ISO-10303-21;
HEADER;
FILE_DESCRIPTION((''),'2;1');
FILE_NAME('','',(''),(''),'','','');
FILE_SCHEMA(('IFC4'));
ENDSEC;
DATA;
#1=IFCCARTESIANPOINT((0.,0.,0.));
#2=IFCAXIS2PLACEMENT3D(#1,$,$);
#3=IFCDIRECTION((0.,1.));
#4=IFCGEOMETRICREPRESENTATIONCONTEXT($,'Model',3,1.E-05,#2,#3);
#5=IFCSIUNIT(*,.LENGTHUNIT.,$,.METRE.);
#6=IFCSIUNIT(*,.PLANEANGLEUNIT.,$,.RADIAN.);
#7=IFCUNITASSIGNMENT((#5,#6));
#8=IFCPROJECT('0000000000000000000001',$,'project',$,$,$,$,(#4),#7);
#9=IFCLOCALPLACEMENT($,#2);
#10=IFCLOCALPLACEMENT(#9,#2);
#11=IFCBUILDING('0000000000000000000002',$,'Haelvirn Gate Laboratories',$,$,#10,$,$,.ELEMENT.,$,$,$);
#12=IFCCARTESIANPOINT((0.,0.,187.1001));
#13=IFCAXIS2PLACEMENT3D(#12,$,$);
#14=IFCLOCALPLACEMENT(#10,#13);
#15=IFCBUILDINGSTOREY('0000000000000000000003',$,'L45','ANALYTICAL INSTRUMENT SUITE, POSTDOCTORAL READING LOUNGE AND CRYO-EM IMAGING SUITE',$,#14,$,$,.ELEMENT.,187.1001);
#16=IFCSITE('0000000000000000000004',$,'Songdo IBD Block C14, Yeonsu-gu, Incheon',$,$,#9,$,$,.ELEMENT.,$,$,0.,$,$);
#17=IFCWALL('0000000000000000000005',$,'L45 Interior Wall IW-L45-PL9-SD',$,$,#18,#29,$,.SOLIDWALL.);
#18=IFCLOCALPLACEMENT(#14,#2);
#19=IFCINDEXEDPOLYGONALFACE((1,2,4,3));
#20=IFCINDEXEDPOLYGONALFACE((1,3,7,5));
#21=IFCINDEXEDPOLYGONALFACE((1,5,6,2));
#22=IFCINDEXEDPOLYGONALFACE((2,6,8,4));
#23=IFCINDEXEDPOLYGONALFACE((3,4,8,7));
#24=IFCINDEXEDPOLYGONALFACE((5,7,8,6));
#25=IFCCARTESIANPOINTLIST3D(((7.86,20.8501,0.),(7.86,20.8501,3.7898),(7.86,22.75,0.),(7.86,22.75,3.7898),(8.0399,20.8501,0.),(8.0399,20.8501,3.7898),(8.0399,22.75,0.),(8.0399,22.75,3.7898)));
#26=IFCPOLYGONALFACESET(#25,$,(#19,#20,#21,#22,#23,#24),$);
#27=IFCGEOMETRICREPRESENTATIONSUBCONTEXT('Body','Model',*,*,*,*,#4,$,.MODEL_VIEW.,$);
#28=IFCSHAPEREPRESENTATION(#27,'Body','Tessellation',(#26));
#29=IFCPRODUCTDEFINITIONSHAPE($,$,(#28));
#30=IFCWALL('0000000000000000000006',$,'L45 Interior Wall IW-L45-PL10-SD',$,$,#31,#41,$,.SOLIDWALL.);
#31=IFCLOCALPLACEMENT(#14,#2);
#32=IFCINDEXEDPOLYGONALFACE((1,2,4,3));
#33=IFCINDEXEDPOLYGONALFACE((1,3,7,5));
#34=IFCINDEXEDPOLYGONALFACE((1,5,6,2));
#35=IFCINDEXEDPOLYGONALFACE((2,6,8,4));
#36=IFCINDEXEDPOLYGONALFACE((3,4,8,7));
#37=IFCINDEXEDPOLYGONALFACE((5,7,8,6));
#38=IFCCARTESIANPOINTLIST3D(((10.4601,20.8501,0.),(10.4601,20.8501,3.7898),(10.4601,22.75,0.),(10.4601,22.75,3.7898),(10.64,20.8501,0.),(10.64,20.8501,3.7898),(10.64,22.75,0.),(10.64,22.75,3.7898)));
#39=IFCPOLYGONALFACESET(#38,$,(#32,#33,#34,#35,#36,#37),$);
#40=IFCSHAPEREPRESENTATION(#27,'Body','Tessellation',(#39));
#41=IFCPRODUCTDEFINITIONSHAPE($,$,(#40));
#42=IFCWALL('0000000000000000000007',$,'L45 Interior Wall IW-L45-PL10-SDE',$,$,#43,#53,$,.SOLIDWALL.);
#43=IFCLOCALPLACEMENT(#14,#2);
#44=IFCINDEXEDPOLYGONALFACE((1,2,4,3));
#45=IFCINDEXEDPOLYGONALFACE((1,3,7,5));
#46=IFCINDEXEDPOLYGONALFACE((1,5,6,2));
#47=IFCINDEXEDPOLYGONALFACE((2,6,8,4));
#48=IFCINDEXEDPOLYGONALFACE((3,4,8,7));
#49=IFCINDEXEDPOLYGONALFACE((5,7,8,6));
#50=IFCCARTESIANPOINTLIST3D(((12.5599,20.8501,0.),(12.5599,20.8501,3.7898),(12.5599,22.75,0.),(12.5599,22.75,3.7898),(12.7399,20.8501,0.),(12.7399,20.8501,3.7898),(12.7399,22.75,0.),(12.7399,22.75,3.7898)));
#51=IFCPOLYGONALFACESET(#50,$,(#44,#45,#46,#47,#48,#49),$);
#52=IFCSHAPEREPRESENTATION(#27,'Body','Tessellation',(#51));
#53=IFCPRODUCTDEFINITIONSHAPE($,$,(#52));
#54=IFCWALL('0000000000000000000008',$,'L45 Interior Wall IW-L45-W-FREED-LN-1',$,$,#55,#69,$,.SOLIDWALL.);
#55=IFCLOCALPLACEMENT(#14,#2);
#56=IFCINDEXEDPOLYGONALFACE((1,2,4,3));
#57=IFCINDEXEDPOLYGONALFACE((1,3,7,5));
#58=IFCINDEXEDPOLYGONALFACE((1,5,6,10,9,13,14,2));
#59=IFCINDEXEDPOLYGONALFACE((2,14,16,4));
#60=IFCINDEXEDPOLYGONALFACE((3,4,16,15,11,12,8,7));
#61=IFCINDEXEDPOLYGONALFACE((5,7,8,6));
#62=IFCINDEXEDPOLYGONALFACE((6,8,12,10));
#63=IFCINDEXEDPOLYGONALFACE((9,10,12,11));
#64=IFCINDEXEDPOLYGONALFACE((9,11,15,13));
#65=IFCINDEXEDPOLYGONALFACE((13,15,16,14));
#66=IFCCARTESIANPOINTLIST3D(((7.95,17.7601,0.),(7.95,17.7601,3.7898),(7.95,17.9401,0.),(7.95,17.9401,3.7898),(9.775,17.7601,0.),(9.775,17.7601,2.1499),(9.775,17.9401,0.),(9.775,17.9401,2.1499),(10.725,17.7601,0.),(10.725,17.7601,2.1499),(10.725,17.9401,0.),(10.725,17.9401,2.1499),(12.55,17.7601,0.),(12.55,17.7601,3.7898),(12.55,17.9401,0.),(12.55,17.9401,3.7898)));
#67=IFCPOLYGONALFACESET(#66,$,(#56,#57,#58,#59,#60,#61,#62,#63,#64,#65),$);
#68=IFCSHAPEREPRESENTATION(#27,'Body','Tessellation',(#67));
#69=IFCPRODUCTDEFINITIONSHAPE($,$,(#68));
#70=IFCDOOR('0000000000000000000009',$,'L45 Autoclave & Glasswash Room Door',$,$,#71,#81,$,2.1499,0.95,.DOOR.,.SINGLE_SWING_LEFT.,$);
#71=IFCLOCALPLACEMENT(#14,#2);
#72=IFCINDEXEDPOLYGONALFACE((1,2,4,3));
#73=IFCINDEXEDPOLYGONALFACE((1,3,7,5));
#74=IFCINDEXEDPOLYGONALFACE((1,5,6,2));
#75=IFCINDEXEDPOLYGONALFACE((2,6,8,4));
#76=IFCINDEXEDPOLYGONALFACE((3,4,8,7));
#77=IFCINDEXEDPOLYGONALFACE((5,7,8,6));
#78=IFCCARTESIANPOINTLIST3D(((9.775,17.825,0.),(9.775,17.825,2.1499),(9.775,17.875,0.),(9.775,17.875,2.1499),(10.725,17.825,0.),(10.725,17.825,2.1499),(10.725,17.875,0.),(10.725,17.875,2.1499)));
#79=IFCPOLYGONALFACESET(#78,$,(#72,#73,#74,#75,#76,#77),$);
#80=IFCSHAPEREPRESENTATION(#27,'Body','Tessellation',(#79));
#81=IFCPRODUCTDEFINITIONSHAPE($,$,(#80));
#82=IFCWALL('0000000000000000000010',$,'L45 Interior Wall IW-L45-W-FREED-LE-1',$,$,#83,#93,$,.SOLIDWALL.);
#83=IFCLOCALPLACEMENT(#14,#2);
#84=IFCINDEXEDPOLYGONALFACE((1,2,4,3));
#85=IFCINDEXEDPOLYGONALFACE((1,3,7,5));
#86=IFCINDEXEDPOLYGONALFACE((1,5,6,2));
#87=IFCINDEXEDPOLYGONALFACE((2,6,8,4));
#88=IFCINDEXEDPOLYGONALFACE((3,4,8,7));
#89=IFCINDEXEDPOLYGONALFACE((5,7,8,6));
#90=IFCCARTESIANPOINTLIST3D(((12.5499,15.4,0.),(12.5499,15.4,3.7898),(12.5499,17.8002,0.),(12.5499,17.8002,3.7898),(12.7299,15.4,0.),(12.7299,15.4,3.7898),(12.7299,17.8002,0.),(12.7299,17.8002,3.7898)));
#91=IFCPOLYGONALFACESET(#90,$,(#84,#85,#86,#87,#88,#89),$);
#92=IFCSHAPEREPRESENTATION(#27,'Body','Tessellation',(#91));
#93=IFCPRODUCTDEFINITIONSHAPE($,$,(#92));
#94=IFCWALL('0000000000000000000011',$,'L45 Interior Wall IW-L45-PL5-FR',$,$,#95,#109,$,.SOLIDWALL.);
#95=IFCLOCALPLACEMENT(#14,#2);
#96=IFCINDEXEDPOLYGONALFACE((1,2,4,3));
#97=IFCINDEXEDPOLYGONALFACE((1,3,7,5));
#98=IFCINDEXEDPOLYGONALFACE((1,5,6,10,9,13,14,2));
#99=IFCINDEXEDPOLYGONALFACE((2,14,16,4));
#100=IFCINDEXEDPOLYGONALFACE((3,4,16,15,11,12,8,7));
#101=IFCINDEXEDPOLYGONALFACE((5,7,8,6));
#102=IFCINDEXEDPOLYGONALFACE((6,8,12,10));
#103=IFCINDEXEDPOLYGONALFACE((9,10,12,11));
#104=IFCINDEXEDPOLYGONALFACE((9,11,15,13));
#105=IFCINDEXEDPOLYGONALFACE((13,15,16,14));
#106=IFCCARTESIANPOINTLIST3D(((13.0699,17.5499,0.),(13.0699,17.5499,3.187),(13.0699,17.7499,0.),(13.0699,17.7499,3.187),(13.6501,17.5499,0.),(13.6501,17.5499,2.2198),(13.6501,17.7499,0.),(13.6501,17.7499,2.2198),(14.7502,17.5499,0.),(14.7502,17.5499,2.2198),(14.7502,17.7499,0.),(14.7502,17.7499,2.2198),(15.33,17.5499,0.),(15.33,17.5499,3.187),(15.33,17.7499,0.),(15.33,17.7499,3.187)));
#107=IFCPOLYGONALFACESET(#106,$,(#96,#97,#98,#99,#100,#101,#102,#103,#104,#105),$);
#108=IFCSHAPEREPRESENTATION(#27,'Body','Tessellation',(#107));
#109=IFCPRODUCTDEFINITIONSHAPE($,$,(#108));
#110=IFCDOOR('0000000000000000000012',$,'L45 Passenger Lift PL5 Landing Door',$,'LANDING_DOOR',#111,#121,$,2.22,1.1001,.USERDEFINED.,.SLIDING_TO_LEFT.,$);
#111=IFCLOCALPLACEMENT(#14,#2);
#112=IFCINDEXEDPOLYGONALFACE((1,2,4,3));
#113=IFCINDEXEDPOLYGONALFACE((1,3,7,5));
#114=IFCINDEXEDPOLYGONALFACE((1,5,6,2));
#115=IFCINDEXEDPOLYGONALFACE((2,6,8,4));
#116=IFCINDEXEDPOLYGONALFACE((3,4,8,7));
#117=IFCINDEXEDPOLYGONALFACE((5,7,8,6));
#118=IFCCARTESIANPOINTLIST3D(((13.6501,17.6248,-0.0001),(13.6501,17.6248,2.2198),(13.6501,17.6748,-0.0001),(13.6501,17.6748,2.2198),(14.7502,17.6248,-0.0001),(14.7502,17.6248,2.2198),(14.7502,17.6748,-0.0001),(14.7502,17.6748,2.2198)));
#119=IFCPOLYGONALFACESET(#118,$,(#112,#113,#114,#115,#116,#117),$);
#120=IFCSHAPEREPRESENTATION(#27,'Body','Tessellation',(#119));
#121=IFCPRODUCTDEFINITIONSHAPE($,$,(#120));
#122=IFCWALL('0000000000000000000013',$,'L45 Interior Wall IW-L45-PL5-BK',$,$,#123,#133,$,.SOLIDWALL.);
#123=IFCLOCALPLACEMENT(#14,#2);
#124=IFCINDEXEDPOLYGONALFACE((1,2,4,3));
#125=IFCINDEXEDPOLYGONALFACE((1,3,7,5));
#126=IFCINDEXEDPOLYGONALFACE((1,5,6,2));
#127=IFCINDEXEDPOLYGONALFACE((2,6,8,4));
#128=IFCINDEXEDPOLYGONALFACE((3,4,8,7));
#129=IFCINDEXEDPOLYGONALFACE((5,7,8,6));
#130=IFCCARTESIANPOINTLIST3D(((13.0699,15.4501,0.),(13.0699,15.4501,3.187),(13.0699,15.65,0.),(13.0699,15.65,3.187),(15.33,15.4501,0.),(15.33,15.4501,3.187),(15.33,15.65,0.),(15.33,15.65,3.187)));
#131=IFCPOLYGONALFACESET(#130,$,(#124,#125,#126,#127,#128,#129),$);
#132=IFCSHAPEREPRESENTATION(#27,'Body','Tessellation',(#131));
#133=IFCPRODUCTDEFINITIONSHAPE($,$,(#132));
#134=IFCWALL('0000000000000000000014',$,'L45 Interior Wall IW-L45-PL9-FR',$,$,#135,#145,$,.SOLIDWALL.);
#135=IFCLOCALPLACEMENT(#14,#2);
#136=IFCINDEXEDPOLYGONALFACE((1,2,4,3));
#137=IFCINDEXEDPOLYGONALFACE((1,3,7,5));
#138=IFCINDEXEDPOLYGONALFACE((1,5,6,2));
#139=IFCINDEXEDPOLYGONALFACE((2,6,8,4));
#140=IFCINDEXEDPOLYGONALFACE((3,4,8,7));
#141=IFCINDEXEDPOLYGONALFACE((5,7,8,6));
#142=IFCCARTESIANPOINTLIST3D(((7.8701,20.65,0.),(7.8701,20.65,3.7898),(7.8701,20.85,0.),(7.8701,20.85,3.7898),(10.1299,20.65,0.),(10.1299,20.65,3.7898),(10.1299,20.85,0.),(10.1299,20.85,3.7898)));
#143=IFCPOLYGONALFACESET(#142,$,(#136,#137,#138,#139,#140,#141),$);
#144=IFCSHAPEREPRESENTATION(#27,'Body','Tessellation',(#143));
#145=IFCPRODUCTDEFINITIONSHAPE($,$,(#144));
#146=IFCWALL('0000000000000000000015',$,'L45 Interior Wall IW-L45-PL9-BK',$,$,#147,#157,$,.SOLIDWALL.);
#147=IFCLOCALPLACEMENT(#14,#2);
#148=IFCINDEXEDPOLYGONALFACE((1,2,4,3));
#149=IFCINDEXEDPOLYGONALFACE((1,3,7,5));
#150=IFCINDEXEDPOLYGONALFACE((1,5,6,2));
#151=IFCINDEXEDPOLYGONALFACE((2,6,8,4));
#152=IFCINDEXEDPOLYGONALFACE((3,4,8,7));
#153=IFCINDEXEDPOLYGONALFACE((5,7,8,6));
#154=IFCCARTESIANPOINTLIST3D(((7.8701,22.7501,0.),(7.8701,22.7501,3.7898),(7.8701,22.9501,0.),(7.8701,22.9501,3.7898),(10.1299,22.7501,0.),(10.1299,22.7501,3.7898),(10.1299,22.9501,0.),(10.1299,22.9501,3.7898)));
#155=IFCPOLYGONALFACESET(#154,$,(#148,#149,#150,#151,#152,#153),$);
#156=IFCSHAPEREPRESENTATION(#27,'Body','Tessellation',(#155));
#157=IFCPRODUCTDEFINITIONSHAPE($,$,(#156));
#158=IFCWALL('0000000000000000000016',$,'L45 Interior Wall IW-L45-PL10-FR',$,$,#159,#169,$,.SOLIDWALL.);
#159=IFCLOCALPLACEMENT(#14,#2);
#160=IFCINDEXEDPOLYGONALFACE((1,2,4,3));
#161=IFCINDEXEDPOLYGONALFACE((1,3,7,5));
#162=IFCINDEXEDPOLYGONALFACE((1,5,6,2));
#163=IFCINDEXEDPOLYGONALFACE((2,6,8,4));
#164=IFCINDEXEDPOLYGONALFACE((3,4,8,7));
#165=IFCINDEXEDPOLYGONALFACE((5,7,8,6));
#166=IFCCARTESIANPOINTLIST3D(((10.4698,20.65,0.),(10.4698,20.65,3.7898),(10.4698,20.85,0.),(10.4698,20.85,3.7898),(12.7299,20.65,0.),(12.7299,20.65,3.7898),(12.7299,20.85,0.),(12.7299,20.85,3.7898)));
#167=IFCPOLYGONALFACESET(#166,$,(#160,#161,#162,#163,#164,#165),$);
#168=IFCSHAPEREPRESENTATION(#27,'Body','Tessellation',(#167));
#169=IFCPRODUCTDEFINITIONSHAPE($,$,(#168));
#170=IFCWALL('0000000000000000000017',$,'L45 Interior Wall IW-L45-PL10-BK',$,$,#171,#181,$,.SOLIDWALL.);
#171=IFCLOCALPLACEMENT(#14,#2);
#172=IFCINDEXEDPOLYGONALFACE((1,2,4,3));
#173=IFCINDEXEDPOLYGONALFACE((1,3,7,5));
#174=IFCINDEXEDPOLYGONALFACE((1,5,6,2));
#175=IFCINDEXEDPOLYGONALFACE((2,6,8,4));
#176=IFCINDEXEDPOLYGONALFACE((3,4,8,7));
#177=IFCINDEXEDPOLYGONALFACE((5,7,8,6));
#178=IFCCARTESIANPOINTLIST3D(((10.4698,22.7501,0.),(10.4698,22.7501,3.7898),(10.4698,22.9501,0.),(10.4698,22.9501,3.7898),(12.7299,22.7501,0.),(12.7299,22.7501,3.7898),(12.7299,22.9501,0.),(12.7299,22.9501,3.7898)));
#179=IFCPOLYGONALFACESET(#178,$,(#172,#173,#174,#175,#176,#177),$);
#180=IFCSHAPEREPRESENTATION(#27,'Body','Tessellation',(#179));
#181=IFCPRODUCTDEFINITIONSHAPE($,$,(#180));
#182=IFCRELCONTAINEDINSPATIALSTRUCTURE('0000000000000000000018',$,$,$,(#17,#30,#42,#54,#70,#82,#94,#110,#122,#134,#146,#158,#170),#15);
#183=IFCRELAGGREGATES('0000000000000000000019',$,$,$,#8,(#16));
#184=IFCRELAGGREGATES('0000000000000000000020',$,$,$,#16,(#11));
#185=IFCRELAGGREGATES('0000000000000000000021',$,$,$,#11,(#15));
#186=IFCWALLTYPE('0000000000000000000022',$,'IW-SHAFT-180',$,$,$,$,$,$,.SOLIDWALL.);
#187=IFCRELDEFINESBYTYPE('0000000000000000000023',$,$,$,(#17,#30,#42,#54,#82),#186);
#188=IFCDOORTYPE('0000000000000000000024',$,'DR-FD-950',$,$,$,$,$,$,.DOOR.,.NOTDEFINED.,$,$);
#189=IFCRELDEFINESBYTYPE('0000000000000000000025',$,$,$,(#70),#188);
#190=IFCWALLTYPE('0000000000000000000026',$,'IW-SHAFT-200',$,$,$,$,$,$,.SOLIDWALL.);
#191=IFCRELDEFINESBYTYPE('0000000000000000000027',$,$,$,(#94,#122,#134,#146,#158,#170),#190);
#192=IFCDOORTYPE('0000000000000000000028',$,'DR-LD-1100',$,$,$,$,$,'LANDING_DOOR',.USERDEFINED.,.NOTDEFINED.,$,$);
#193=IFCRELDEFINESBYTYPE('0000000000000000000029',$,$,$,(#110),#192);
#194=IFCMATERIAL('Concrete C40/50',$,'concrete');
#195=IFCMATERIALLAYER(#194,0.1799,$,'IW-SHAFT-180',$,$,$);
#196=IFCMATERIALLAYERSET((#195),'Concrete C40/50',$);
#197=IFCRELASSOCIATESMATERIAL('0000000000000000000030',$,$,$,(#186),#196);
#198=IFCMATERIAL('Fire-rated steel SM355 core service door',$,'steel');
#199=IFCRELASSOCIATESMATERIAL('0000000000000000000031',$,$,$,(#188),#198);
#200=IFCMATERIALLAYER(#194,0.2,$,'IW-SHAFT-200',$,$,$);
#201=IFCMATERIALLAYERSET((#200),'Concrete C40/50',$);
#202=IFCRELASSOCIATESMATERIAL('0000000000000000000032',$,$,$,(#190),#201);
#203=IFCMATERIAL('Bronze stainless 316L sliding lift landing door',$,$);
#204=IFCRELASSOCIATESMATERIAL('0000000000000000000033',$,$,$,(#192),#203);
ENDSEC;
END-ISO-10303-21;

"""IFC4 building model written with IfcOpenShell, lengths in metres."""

from ifc_helpers import new_model, si_unit, direction, frame, frame_2d, origin, place, context, subcontext, project, spatial, rectangle, extrude, source, transform, mapped, material, layer, layer_set, type_object, type_shapes, element, fill, save


model = new_model("IFC4")

# Units and contexts
model_context = context("Model", 3, precision=1e-05, world=origin(), true_north=direction((0.0, 1.0)))
body_context = subcontext(model_context, "Body", "Model", "MODEL_VIEW")
ifc_project = project(units=[si_unit("LENGTHUNIT", "METRE"), si_unit("PLANEANGLEUNIT", "RADIAN")], contexts=[model_context])

# Site, building, storey
site_placement = place(None, origin())
site = spatial("IfcSite", under=ifc_project, at=site_placement, Name="Songdo IBD Block C14, Yeonsu-gu, Incheon", CompositionType="ELEMENT", RefElevation=0.0)
building_placement = place(site_placement, origin())
building = spatial("IfcBuilding", under=site, at=building_placement, Name="Haelvirn Gate Laboratories", CompositionType="ELEMENT")
storey_placement = place(building_placement, frame((0.0, 0.0, 187.1001)))
storey = spatial("IfcBuildingStorey", under=building, at=storey_placement, Name="L45", Description="ANALYTICAL INSTRUMENT SUITE, POSTDOCTORAL READING LOUNGE AND CRYO-EM IMAGING SUITE", CompositionType="ELEMENT", Elevation=187.1001)

# Walls
ifc_material_1 = material(Name="Concrete C40/50", Category="concrete")
ifc_layer_1 = layer(ifc_material_1, 0.1799, Name="IW-SHAFT-180")
ifc_layer_set_1 = layer_set([ifc_layer_1], Name="Concrete C40/50")
wall_type_1 = type_object("IfcWallType", Name="IW-SHAFT-180", PredefinedType="SOLIDWALL", material=ifc_layer_set_1)
for number, where, z_axis, x_axis, name in (
    (1, (7.95, 20.8501, 0.0), (0.0, 0.0, 1.0), (0.0, 1.0, 0.0), "L45 Interior Wall IW-L45-PL9-SD"),
    (2, (10.55, 20.8501, 0.0), (0.0, 0.0, 1.0), (0.0, 1.0, 0.0), "L45 Interior Wall IW-L45-PL10-SD"),
    (3, (12.6499, 20.8501, 0.0), (0.0, 0.0, 1.0), (0.0, 1.0, 0.0), "L45 Interior Wall IW-L45-PL10-SDE"),
):
    element("IfcWall", number, at=place(storey_placement, frame(where, z_axis=z_axis, x_axis=x_axis)), inside=storey, type_object=wall_type_1, Name=name, PredefinedType="SOLIDWALL", context=body_context, shape_type="SweptSolid", body=[
        extrude(rectangle(XDim=1.8999, YDim=0.1799, at=frame_2d((0.95, 0.0))), origin(), (0.0, 0.0, 1.0), 3.7898),
    ])

# Wall, opening, door
wall_1_placement = place(storey_placement, frame((7.95, 17.8501, 0.0), z_axis=(0.0, 0.0, 1.0), x_axis=(1.0, 0.0, 0.0)))
wall_1 = element("IfcWall", 4, at=wall_1_placement, inside=storey, type_object=wall_type_1, Name="L45 Interior Wall IW-L45-W-FREED-LN-1", PredefinedType="SOLIDWALL", context=body_context, shape_type="SweptSolid", body=[
    extrude(rectangle(XDim=4.6001, YDim=0.1799, at=frame_2d((2.3, 0.0))), origin(), (0.0, 0.0, 1.0), 3.7898),
])
opening_1_placement = place(wall_1_placement, frame((1.825, 0.0, 0.0)))
opening_1 = element("IfcOpeningElement", 5, at=opening_1_placement, cuts=wall_1, PredefinedType="OPENING", context=body_context, shape_type="SweptSolid", body=[
    extrude(rectangle(XDim=0.95, YDim=2.1499, at=frame_2d((0.4751, 1.075))), frame((0.0, 0.1001, 0.0), z_axis=(0.0, -1.0, 0.0), x_axis=(1.0, 0.0, 0.0)), (0.0, 0.0, 1.0), 0.2),
])
ifc_material_2 = material(Name="Fire-rated steel SM355 core service door", Category="steel")
door_type_1 = type_object("IfcDoorType", Name="DR-FD-950", OperationType="NOTDEFINED", PredefinedType="DOOR", material=ifc_material_2)
shared_shape_1 = source(origin(), body_context, "Body", "SweptSolid", [
    extrude(rectangle(XDim=0.95, YDim=2.1499, at=frame_2d((0.4751, 1.075))), frame((0.0, 0.0249, 0.0), z_axis=(0.0, -1.0, 0.0), x_axis=(1.0, 0.0, 0.0)), (0.0, 0.0, 1.0), 0.05),
])
type_shapes(door_type_1, [shared_shape_1])
door_1_placement = place(opening_1_placement, origin())
door_1 = element("IfcDoor", 6, at=door_1_placement, inside=storey, type_object=door_type_1, Name="L45 Autoclave & Glasswash Room Door", OperationType="SINGLE_SWING_LEFT", OverallHeight=2.1499, OverallWidth=0.95, PredefinedType="DOOR", context=body_context, shape_type="MappedRepresentation", body=[
    mapped(shared_shape_1, transform((0.0, 0.0, 0.0), scale=1.0)),
])
fill(opening_1, door_1)

# Wall
wall_2_placement = place(storey_placement, frame((12.6399, 15.3999, 0.0), z_axis=(0.0, 0.0, 1.0), x_axis=(0.0, 1.0, 0.0)))
element("IfcWall", 7, at=wall_2_placement, inside=storey, type_object=wall_type_1, Name="L45 Interior Wall IW-L45-W-FREED-LE-1", PredefinedType="SOLIDWALL", context=body_context, shape_type="SweptSolid", body=[
    extrude(rectangle(XDim=2.4001, YDim=0.1799, at=frame_2d((1.2002, 0.0))), origin(), (0.0, 0.0, 1.0), 3.7898),
])

# Wall, opening, door
ifc_layer_2 = layer(ifc_material_1, 0.2, Name="IW-SHAFT-200")
ifc_layer_set_2 = layer_set([ifc_layer_2], Name="Concrete C40/50")
wall_type_2 = type_object("IfcWallType", Name="IW-SHAFT-200", PredefinedType="SOLIDWALL", material=ifc_layer_set_2)
wall_3_placement = place(storey_placement, frame((13.0701, 17.6499, 0.0), z_axis=(0.0, 0.0, 1.0), x_axis=(1.0, 0.0, 0.0)))
wall_3 = element("IfcWall", 8, at=wall_3_placement, inside=storey, type_object=wall_type_2, Name="L45 Interior Wall IW-L45-PL5-FR", PredefinedType="SOLIDWALL", context=body_context, shape_type="SweptSolid", body=[
    extrude(rectangle(XDim=2.26, YDim=0.2, at=frame_2d((1.1299, 0.0))), origin(), (0.0, 0.0, 1.0), 3.187),
])
opening_2_placement = place(wall_3_placement, frame((0.5801, 0.0, 0.0)))
opening_2 = element("IfcOpeningElement", 9, at=opening_2_placement, cuts=wall_3, PredefinedType="OPENING", context=body_context, shape_type="SweptSolid", body=[
    extrude(rectangle(XDim=1.1001, YDim=2.22, at=frame_2d((0.55, 1.1099))), frame((0.0, 0.1099, 0.0), z_axis=(0.0, -1.0, 0.0), x_axis=(1.0, 0.0, 0.0)), (0.0, 0.0, 1.0), 0.22),
])
ifc_material_3 = material(Name="Bronze stainless 316L sliding lift landing door")
door_type_2 = type_object("IfcDoorType", Name="DR-LD-1100", ElementType="LANDING_DOOR", OperationType="NOTDEFINED", PredefinedType="USERDEFINED", material=ifc_material_3)
shared_shape_2 = source(origin(), body_context, "Body", "SweptSolid", [
    extrude(rectangle(XDim=1.1001, YDim=2.22, at=frame_2d((0.55, 1.1099))), frame((0.0, 0.0249, 0.0), z_axis=(0.0, -1.0, 0.0), x_axis=(1.0, 0.0, 0.0)), (0.0, 0.0, 1.0), 0.05),
])
type_shapes(door_type_2, [shared_shape_2])
door_2_placement = place(opening_2_placement, origin())
door_2 = element("IfcDoor", 10, at=door_2_placement, inside=storey, type_object=door_type_2, Name="L45 Passenger Lift PL5 Landing Door", ObjectType="LANDING_DOOR", OperationType="SLIDING_TO_LEFT", OverallHeight=2.22, OverallWidth=1.1001, PredefinedType="USERDEFINED", context=body_context, shape_type="MappedRepresentation", body=[
    mapped(shared_shape_2, transform((0.0, 0.0, 0.0), scale=1.0)),
])
fill(opening_2, door_2)

# Walls
wall_4_placement = place(storey_placement, frame((13.0701, 15.55, 0.0), z_axis=(0.0, 0.0, 1.0), x_axis=(1.0, 0.0, 0.0)))
element("IfcWall", 11, at=wall_4_placement, inside=storey, type_object=wall_type_2, Name="L45 Interior Wall IW-L45-PL5-BK", PredefinedType="SOLIDWALL", context=body_context, shape_type="SweptSolid", body=[
    extrude(rectangle(XDim=2.26, YDim=0.2, at=frame_2d((1.1299, 0.0))), origin(), (0.0, 0.0, 1.0), 3.187),
])
for number, where, z_axis, x_axis, name in (
    (12, (7.8701, 20.75, 0.0), (0.0, 0.0, 1.0), (1.0, 0.0, 0.0), "L45 Interior Wall IW-L45-PL9-FR"),
    (13, (7.8701, 22.8501, 0.0), (0.0, 0.0, 1.0), (1.0, 0.0, 0.0), "L45 Interior Wall IW-L45-PL9-BK"),
):
    element("IfcWall", number, at=place(storey_placement, frame(where, z_axis=z_axis, x_axis=x_axis)), inside=storey, type_object=wall_type_2, Name=name, PredefinedType="SOLIDWALL", context=body_context, shape_type="SweptSolid", body=[
        extrude(rectangle(XDim=2.2598, YDim=0.2, at=frame_2d((1.1299, 0.0))), origin(), (0.0, 0.0, 1.0), 3.7898),
    ])
for number, where, z_axis, x_axis, name in (
    (14, (10.47, 20.75, 0.0), (0.0, 0.0, 1.0), (1.0, 0.0, 0.0), "L45 Interior Wall IW-L45-PL10-FR"),
    (15, (10.47, 22.8501, 0.0), (0.0, 0.0, 1.0), (1.0, 0.0, 0.0), "L45 Interior Wall IW-L45-PL10-BK"),
):
    element("IfcWall", number, at=place(storey_placement, frame(where, z_axis=z_axis, x_axis=x_axis)), inside=storey, type_object=wall_type_2, Name=name, PredefinedType="SOLIDWALL", context=body_context, shape_type="SweptSolid", body=[
        extrude(rectangle(XDim=2.26, YDim=0.2, at=frame_2d((1.1299, 0.0))), origin(), (0.0, 0.0, 1.0), 3.7898),
    ])

save(model, "model.ifc")
